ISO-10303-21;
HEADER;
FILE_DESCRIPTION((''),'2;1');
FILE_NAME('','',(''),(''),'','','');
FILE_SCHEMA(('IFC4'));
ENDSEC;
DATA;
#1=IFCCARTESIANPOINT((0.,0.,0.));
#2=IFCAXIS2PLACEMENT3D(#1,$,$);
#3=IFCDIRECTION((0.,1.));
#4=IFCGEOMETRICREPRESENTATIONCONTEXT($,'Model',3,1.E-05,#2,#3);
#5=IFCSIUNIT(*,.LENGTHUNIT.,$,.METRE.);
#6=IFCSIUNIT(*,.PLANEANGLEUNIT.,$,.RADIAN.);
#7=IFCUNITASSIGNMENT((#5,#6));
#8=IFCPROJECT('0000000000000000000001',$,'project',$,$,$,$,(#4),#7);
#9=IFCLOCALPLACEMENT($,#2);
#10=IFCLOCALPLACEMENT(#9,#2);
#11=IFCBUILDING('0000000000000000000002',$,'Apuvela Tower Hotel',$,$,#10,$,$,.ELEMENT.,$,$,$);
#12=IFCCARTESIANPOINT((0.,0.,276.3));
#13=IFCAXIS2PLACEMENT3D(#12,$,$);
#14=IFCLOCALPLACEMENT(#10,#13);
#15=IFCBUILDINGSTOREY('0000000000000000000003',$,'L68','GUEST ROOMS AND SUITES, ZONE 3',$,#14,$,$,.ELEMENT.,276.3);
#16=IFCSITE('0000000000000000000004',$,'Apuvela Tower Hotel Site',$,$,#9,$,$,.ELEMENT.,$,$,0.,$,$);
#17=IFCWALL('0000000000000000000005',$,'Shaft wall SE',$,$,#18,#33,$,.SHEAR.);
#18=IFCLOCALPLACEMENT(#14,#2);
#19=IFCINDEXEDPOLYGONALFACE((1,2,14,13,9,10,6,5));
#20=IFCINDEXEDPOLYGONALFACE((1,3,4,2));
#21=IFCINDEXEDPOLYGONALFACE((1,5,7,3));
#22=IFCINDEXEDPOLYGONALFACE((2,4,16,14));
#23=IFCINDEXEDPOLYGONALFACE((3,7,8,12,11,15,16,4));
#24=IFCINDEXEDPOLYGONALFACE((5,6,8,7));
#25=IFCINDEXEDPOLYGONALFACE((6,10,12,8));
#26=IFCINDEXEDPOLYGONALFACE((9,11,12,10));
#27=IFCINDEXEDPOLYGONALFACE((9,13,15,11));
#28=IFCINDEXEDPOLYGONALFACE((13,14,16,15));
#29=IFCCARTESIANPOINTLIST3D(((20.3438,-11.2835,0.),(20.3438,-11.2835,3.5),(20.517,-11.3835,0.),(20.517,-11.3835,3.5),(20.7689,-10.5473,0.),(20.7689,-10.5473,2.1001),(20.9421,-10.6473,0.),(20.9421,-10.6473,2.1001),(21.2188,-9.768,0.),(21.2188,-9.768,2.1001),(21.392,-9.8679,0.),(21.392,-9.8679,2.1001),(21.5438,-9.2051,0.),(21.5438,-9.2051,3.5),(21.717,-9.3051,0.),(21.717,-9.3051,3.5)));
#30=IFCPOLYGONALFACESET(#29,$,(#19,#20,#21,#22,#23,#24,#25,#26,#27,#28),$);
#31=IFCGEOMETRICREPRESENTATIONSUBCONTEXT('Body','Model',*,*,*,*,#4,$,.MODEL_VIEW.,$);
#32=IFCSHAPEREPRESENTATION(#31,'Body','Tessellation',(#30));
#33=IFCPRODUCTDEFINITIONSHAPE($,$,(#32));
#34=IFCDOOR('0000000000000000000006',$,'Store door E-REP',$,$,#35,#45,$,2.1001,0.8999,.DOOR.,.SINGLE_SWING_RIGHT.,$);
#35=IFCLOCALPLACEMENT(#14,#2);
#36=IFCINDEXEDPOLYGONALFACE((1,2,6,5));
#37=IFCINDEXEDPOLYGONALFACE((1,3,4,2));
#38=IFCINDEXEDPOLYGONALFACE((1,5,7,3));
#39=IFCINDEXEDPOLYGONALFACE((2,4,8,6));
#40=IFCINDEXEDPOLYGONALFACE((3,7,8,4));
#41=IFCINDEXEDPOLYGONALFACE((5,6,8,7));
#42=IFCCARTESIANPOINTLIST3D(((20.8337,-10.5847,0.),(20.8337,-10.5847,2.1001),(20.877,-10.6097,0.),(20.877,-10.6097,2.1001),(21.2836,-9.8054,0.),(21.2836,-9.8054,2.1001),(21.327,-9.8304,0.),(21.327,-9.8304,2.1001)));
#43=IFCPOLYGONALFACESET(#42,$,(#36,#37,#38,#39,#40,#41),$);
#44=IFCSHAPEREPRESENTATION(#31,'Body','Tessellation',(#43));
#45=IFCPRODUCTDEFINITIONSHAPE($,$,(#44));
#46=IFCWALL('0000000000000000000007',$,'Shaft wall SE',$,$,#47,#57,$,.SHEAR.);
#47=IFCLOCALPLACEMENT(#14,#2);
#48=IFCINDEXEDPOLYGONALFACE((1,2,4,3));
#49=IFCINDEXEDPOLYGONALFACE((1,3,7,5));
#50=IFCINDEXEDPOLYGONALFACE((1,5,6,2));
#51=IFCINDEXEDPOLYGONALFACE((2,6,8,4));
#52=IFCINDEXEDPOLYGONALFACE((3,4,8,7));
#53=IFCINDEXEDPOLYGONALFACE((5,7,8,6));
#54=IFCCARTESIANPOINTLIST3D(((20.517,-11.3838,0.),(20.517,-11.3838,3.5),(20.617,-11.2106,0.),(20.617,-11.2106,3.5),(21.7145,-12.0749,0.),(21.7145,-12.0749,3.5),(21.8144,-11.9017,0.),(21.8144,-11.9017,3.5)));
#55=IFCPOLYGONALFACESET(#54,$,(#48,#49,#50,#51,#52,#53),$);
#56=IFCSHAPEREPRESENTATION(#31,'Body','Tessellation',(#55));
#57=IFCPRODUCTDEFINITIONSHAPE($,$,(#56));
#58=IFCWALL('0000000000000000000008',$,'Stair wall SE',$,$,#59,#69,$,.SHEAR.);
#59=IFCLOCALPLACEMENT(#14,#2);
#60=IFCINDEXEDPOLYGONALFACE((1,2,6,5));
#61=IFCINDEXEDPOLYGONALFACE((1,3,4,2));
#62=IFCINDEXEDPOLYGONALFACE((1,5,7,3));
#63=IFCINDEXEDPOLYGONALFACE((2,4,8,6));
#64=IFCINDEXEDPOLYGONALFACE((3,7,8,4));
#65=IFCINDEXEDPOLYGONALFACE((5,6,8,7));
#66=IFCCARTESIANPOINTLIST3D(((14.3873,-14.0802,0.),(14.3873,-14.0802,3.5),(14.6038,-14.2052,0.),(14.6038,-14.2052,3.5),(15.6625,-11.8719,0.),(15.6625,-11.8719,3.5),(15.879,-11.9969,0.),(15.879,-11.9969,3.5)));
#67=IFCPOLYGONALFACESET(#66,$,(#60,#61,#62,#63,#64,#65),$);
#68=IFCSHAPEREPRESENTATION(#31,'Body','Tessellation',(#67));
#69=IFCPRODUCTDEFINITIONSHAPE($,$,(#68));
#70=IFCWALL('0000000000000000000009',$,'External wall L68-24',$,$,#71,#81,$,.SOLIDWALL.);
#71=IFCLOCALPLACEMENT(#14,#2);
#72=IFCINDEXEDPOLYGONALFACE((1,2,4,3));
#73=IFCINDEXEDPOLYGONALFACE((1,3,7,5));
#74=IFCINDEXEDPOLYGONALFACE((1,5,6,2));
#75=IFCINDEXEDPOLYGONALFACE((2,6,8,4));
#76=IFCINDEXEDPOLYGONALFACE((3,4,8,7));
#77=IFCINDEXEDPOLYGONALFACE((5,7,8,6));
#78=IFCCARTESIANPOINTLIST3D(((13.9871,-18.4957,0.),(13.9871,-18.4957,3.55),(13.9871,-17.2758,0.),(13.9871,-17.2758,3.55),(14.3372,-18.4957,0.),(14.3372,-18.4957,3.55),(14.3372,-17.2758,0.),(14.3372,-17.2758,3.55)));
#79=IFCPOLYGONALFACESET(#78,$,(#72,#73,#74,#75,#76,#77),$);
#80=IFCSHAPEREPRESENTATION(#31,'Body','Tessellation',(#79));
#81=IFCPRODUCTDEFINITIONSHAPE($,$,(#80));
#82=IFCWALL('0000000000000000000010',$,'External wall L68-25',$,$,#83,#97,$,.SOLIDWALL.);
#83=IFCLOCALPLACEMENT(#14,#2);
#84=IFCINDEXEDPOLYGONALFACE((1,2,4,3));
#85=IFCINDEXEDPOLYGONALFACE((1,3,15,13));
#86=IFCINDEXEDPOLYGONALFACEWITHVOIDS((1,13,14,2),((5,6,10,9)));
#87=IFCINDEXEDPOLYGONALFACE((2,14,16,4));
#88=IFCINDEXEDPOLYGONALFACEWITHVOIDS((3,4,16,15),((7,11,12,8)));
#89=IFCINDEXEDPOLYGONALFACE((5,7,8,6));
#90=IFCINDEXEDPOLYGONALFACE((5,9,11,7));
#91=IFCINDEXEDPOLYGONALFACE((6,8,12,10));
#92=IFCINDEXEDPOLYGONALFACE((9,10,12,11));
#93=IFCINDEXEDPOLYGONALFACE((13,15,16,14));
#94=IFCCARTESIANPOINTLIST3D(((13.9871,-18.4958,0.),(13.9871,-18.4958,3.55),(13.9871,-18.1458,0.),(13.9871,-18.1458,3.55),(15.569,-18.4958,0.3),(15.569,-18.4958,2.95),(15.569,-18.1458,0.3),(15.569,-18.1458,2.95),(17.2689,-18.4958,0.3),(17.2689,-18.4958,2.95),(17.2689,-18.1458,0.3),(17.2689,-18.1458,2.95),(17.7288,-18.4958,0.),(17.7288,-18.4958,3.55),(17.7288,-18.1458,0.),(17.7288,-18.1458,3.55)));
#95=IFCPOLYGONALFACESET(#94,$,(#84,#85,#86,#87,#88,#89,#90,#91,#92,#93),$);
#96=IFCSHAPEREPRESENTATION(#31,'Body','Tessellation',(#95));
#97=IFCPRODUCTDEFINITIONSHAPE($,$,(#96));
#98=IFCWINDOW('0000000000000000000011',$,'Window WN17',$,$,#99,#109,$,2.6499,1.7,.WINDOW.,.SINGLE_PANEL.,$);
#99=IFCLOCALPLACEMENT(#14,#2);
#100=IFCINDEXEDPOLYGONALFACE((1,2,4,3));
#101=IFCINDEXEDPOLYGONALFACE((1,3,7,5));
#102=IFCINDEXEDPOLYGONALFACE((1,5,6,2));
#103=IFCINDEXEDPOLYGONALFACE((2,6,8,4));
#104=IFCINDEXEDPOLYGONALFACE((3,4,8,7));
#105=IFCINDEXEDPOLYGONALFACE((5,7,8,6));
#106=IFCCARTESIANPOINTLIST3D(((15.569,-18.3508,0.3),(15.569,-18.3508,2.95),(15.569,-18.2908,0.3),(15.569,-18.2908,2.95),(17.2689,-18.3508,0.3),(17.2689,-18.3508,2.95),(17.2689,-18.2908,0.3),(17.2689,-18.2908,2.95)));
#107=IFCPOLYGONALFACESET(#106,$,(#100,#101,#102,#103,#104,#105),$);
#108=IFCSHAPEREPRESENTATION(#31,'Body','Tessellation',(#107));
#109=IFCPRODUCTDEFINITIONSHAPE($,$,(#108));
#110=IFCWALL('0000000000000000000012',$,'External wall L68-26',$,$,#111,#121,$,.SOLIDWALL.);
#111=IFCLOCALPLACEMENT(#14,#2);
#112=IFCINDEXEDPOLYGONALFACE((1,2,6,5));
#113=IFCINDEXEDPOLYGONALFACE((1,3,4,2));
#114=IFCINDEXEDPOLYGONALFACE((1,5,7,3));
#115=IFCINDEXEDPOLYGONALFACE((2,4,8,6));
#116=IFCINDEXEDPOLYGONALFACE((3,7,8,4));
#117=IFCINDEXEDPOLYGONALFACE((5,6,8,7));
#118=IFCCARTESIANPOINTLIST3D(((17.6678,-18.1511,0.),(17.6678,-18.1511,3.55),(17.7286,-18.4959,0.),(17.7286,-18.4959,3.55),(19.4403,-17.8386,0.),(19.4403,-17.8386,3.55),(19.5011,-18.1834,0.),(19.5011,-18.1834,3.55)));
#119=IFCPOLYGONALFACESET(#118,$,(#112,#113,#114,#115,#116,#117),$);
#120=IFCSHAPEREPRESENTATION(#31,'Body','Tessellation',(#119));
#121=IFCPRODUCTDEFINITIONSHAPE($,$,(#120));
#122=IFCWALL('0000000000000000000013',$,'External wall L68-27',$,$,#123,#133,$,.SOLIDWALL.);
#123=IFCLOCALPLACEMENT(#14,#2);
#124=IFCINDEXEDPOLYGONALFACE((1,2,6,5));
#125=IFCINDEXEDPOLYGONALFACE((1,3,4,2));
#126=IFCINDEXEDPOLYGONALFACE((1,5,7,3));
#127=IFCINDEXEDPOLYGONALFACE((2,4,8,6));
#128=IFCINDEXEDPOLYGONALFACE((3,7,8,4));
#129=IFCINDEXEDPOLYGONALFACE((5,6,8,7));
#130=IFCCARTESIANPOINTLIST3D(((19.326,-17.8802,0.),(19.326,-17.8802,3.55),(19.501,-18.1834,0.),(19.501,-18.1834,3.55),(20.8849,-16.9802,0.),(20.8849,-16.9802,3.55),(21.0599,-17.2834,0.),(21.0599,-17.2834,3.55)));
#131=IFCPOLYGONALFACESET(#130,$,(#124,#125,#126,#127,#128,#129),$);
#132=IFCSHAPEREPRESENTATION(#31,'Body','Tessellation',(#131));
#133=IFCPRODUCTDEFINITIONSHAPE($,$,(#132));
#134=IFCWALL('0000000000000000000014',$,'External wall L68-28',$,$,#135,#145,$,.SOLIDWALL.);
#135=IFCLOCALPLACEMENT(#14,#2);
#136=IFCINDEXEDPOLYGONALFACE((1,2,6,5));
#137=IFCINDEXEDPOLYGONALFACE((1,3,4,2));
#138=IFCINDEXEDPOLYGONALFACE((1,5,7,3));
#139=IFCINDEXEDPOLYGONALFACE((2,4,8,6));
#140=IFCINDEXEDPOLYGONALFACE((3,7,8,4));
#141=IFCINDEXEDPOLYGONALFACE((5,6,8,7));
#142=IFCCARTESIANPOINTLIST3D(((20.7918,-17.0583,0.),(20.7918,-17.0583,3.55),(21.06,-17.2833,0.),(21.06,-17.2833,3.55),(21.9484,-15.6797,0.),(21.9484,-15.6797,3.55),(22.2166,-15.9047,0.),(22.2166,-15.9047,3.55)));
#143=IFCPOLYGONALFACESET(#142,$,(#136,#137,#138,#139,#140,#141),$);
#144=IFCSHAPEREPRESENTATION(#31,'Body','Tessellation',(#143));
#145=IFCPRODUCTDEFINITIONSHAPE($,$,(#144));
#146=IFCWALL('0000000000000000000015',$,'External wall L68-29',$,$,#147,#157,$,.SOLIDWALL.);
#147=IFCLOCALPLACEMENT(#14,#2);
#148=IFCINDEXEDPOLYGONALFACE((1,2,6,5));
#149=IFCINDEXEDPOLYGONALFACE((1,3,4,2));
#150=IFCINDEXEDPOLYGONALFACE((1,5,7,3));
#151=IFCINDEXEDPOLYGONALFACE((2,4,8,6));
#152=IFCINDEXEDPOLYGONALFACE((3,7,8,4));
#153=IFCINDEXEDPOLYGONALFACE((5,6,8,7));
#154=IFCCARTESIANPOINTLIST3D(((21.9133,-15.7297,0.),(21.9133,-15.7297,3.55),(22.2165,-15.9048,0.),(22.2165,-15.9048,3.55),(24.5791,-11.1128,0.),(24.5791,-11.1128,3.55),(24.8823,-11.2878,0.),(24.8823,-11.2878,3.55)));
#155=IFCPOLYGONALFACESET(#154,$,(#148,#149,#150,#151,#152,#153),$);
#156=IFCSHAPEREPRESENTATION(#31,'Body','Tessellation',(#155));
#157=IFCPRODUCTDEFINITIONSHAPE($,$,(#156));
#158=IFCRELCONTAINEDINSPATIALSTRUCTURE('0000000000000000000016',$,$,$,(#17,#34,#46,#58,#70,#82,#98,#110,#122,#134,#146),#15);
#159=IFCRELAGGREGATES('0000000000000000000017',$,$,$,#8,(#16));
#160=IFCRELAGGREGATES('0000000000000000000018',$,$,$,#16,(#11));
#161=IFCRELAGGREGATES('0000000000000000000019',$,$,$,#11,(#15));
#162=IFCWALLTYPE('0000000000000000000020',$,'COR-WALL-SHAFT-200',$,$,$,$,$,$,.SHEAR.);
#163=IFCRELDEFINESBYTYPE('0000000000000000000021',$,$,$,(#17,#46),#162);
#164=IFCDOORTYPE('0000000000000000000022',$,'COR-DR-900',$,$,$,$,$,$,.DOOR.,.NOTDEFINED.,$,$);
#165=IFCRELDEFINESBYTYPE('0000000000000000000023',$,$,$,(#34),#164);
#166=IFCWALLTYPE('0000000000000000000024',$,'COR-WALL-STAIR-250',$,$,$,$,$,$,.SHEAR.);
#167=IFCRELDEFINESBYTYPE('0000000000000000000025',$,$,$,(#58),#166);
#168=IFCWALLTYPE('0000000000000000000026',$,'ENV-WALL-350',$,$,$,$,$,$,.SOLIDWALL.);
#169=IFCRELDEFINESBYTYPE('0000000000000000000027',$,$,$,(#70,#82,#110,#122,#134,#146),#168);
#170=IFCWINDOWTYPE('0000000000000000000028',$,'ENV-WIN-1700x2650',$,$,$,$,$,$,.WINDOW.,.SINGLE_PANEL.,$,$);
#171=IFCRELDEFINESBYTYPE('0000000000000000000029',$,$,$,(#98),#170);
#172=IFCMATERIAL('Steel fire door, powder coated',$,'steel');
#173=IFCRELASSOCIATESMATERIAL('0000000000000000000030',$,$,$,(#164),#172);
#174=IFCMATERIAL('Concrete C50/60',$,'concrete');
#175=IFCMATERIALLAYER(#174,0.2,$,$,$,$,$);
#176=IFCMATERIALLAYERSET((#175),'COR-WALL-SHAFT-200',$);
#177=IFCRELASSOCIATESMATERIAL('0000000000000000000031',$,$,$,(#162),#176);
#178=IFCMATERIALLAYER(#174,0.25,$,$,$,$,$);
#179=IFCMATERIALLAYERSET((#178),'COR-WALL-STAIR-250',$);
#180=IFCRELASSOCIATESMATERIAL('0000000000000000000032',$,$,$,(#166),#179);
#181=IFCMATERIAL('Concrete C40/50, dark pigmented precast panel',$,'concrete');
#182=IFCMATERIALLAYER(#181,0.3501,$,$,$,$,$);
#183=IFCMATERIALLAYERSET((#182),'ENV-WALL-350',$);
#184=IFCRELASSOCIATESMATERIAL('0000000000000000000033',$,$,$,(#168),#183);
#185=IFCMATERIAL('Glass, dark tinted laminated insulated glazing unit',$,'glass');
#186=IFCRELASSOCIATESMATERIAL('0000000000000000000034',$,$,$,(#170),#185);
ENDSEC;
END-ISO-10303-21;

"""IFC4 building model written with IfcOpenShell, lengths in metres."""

from ifc_helpers import new_model, si_unit, direction, frame, frame_2d, origin, place, context, subcontext, project, spatial, rectangle, extrude, material, layer, layer_set, type_object, element, fill, save


model = new_model("IFC4")

# Units and contexts
model_context = context("Model", 3, precision=1e-05, world=origin(), true_north=direction((0.0, 1.0)))
body_context = subcontext(model_context, "Body", "Model", "MODEL_VIEW")
ifc_project = project(units=[si_unit("LENGTHUNIT", "METRE"), si_unit("PLANEANGLEUNIT", "RADIAN")], contexts=[model_context])

# Site, building, storey
site_placement = place(None, origin())
site = spatial("IfcSite", under=ifc_project, at=site_placement, Name="Apuvela Tower Hotel Site", CompositionType="ELEMENT", RefElevation=0.0)
building_placement = place(site_placement, origin())
building = spatial("IfcBuilding", under=site, at=building_placement, Name="Apuvela Tower Hotel", CompositionType="ELEMENT")
storey_placement = place(building_placement, frame((0.0, 0.0, 276.3)))
storey = spatial("IfcBuildingStorey", under=building, at=storey_placement, Name="L68", Description="GUEST ROOMS AND SUITES, ZONE 3", CompositionType="ELEMENT", Elevation=276.3)

# Shared definitions
ifc_material_1 = material(Name="Steel fire door, powder coated", Category="steel")
door_type_1 = type_object("IfcDoorType", Name="COR-DR-900", OperationType="NOTDEFINED", PredefinedType="DOOR", material=ifc_material_1)

# Shared definitions
ifc_material_2 = material(Name="Concrete C50/60", Category="concrete")
ifc_layer_1 = layer(ifc_material_2, 0.2)
ifc_layer_set_1 = layer_set([ifc_layer_1], Name="COR-WALL-SHAFT-200")
wall_type_1 = type_object("IfcWallType", Name="COR-WALL-SHAFT-200", PredefinedType="SHEAR", material=ifc_layer_set_1)

# Wall, opening, door
wall_1_placement = place(storey_placement, frame((20.4304, -11.3335, 0.0), z_axis=(0.0, 0.0, 1.0), x_axis=(0.500001, 0.866025, 0.0)))
wall_1 = element("IfcWall", 1, at=wall_1_placement, inside=storey, type_object=wall_type_1, Name="Shaft wall SE", PredefinedType="SHEAR", context=body_context, shape_type="SweptSolid", body=[
    extrude(rectangle(XDim=2.3999, YDim=0.2, at=frame_2d((1.2, 0.0))), origin(), (0.0, 0.0, 1.0), 3.5),
])
opening_1_placement = place(wall_1_placement, frame((0.8501, 0.0, 0.0)))
opening_1 = element("IfcOpeningElement", 2, at=opening_1_placement, cuts=wall_1, PredefinedType="OPENING", context=body_context, shape_type="SweptSolid", body=[
    extrude(rectangle(XDim=0.8999, YDim=2.1001, at=frame_2d((0.45, 1.05))), frame((0.0, 0.1099, 0.0), z_axis=(0.0, -1.0, 0.0), x_axis=(1.0, 0.0, 0.0)), (0.0, 0.0, 1.0), 0.22),
])
door_1_placement = place(opening_1_placement, frame((0.8999, 0.0, 0.0), z_axis=(0.0, 0.0, 1.0), x_axis=(-1.0, 0.0, 0.0)))
door_1 = element("IfcDoor", 3, at=door_1_placement, inside=storey, type_object=door_type_1, Name="Store door E-REP", OperationType="SINGLE_SWING_RIGHT", OverallHeight=2.1001, OverallWidth=0.8999, PredefinedType="DOOR", context=body_context, shape_type="SweptSolid", body=[
    extrude(rectangle(XDim=0.8999, YDim=2.1001, at=frame_2d((0.45, 1.05))), frame((0.0, 0.0249, 0.0), z_axis=(0.0, -1.0, 0.0), x_axis=(1.0, 0.0, 0.0)), (0.0, 0.0, 1.0), 0.05),
])
fill(opening_1, door_1)

# Walls
wall_2_placement = place(storey_placement, frame((20.5669, -11.2971, 0.0), z_axis=(0.0, 0.0, 1.0), x_axis=(0.866094, -0.49988, 0.0)))
element("IfcWall", 4, at=wall_2_placement, inside=storey, type_object=wall_type_1, Name="Shaft wall SE", PredefinedType="SHEAR", context=body_context, shape_type="SweptSolid", body=[
    extrude(rectangle(XDim=1.3826, YDim=0.2, at=frame_2d((0.6914, 0.0))), origin(), (0.0, 0.0, 1.0), 3.5),
])
ifc_layer_2 = layer(ifc_material_2, 0.25)
ifc_layer_set_2 = layer_set([ifc_layer_2], Name="COR-WALL-STAIR-250")
wall_type_2 = type_object("IfcWallType", Name="COR-WALL-STAIR-250", PredefinedType="SHEAR", material=ifc_layer_set_2)
wall_3_placement = place(storey_placement, frame((14.4956, -14.1426, 0.0), z_axis=(0.0, 0.0, 1.0), x_axis=(0.500062, 0.865989, 0.0)))
element("IfcWall", 5, at=wall_3_placement, inside=storey, type_object=wall_type_2, Name="Stair wall SE", PredefinedType="SHEAR", context=body_context, shape_type="SweptSolid", body=[
    extrude(rectangle(XDim=2.55, YDim=0.25, at=frame_2d((1.2749, 0.0))), origin(), (0.0, 0.0, 1.0), 3.5),
])
ifc_material_3 = material(Name="Concrete C40/50, dark pigmented precast panel", Category="concrete")
ifc_layer_3 = layer(ifc_material_3, 0.3501)
ifc_layer_set_3 = layer_set([ifc_layer_3], Name="ENV-WALL-350")
wall_type_3 = type_object("IfcWallType", Name="ENV-WALL-350", PredefinedType="SOLIDWALL", material=ifc_layer_set_3)
wall_4_placement = place(storey_placement, frame((14.1621, -17.2759, 0.0), z_axis=(0.0, 0.0, 1.0), x_axis=(0.0, -1.0, 0.0)))
element("IfcWall", 6, at=wall_4_placement, inside=storey, type_object=wall_type_3, Name="External wall L68-24", PredefinedType="SOLIDWALL", context=body_context, shape_type="SweptSolid", body=[
    extrude(rectangle(XDim=1.22, YDim=0.3501, at=frame_2d((0.6099, 0.0))), origin(), (0.0, 0.0, 1.0), 3.55),
])

# Wall, opening, window
wall_5_placement = place(storey_placement, frame((13.9871, -18.3208, 0.0), z_axis=(0.0, 0.0, 1.0), x_axis=(1.0, 0.0, 0.0)))
wall_5 = element("IfcWall", 7, at=wall_5_placement, inside=storey, type_object=wall_type_3, Name="External wall L68-25", PredefinedType="SOLIDWALL", context=body_context, shape_type="SweptSolid", body=[
    extrude(rectangle(XDim=3.7417, YDim=0.3501, at=frame_2d((1.8708, 0.0))), origin(), (0.0, 0.0, 1.0), 3.55),
])
opening_2_placement = place(wall_5_placement, frame((1.5818, 0.0, 0.3)))
opening_2 = element("IfcOpeningElement", 8, at=opening_2_placement, cuts=wall_5, PredefinedType="OPENING", context=body_context, shape_type="SweptSolid", body=[
    extrude(rectangle(XDim=1.7, YDim=2.6499, at=frame_2d((0.8501, 1.325))), frame((0.0, 0.1851, 0.0), z_axis=(0.0, -1.0, 0.0), x_axis=(1.0, 0.0, 0.0)), (0.0, 0.0, 1.0), 0.3701),
])
ifc_material_4 = material(Name="Glass, dark tinted laminated insulated glazing unit", Category="glass")
window_type = type_object("IfcWindowType", Name="ENV-WIN-1700x2650", PartitioningType="SINGLE_PANEL", PredefinedType="WINDOW", material=ifc_material_4)
window_placement = place(opening_2_placement, origin())
window = element("IfcWindow", 9, at=window_placement, inside=storey, type_object=window_type, Name="Window WN17", OverallHeight=2.6499, OverallWidth=1.7, PartitioningType="SINGLE_PANEL", PredefinedType="WINDOW", context=body_context, shape_type="SweptSolid", body=[
    extrude(rectangle(XDim=1.7, YDim=2.6499, at=frame_2d((0.8501, 1.325))), frame((0.0, 0.03, 0.0), z_axis=(0.0, -1.0, 0.0), x_axis=(1.0, 0.0, 0.0)), (0.0, 0.0, 1.0), 0.0601),
])
fill(opening_2, window)

# Walls
wall_6_placement = place(storey_placement, frame((17.6982, -18.3235, 0.0), z_axis=(0.0, 0.0, 1.0), x_axis=(0.984811, 0.173631, 0.0)))
element("IfcWall", 10, at=wall_6_placement, inside=storey, type_object=wall_type_3, Name="External wall L68-26", PredefinedType="SOLIDWALL", context=body_context, shape_type="SweptSolid", body=[
    extrude(rectangle(XDim=1.7998, YDim=0.3501, at=frame_2d((0.8999, 0.0))), origin(), (0.0, 0.0, 1.0), 3.55),
])
wall_7_placement = place(storey_placement, frame((19.4136, -18.0317, 0.0), z_axis=(0.0, 0.0, 1.0), x_axis=(0.866048, 0.499961, 0.0)))
element("IfcWall", 11, at=wall_7_placement, inside=storey, type_object=wall_type_3, Name="External wall L68-27", PredefinedType="SOLIDWALL", context=body_context, shape_type="SweptSolid", body=[
    extrude(rectangle(XDim=1.8, YDim=0.3501, at=frame_2d((0.8999, 0.0))), origin(), (0.0, 0.0, 1.0), 3.55),
])
wall_8_placement = place(storey_placement, frame((20.9258, -17.1709, 0.0), z_axis=(0.0, 0.0, 1.0), x_axis=(0.642756, 0.766071, 0.0)))
element("IfcWall", 12, at=wall_8_placement, inside=storey, type_object=wall_type_3, Name="External wall L68-28", PredefinedType="SOLIDWALL", context=body_context, shape_type="SweptSolid", body=[
    extrude(rectangle(XDim=1.7996, YDim=0.3501, at=frame_2d((0.8999, 0.0))), origin(), (0.0, 0.0, 1.0), 3.55),
])
wall_9_placement = place(storey_placement, frame((22.0649, -15.8171, 0.0), z_axis=(0.0, 0.0, 1.0), x_axis=(0.500025, 0.866011, 0.0)))
element("IfcWall", 13, at=wall_9_placement, inside=storey, type_object=wall_type_3, Name="External wall L68-29", PredefinedType="SOLIDWALL", context=body_context, shape_type="SweptSolid", body=[
    extrude(rectangle(XDim=5.3313, YDim=0.3501, at=frame_2d((2.6655, 0.0))), origin(), (0.0, 0.0, 1.0), 3.55),
])

save(model, "model.ifc")
